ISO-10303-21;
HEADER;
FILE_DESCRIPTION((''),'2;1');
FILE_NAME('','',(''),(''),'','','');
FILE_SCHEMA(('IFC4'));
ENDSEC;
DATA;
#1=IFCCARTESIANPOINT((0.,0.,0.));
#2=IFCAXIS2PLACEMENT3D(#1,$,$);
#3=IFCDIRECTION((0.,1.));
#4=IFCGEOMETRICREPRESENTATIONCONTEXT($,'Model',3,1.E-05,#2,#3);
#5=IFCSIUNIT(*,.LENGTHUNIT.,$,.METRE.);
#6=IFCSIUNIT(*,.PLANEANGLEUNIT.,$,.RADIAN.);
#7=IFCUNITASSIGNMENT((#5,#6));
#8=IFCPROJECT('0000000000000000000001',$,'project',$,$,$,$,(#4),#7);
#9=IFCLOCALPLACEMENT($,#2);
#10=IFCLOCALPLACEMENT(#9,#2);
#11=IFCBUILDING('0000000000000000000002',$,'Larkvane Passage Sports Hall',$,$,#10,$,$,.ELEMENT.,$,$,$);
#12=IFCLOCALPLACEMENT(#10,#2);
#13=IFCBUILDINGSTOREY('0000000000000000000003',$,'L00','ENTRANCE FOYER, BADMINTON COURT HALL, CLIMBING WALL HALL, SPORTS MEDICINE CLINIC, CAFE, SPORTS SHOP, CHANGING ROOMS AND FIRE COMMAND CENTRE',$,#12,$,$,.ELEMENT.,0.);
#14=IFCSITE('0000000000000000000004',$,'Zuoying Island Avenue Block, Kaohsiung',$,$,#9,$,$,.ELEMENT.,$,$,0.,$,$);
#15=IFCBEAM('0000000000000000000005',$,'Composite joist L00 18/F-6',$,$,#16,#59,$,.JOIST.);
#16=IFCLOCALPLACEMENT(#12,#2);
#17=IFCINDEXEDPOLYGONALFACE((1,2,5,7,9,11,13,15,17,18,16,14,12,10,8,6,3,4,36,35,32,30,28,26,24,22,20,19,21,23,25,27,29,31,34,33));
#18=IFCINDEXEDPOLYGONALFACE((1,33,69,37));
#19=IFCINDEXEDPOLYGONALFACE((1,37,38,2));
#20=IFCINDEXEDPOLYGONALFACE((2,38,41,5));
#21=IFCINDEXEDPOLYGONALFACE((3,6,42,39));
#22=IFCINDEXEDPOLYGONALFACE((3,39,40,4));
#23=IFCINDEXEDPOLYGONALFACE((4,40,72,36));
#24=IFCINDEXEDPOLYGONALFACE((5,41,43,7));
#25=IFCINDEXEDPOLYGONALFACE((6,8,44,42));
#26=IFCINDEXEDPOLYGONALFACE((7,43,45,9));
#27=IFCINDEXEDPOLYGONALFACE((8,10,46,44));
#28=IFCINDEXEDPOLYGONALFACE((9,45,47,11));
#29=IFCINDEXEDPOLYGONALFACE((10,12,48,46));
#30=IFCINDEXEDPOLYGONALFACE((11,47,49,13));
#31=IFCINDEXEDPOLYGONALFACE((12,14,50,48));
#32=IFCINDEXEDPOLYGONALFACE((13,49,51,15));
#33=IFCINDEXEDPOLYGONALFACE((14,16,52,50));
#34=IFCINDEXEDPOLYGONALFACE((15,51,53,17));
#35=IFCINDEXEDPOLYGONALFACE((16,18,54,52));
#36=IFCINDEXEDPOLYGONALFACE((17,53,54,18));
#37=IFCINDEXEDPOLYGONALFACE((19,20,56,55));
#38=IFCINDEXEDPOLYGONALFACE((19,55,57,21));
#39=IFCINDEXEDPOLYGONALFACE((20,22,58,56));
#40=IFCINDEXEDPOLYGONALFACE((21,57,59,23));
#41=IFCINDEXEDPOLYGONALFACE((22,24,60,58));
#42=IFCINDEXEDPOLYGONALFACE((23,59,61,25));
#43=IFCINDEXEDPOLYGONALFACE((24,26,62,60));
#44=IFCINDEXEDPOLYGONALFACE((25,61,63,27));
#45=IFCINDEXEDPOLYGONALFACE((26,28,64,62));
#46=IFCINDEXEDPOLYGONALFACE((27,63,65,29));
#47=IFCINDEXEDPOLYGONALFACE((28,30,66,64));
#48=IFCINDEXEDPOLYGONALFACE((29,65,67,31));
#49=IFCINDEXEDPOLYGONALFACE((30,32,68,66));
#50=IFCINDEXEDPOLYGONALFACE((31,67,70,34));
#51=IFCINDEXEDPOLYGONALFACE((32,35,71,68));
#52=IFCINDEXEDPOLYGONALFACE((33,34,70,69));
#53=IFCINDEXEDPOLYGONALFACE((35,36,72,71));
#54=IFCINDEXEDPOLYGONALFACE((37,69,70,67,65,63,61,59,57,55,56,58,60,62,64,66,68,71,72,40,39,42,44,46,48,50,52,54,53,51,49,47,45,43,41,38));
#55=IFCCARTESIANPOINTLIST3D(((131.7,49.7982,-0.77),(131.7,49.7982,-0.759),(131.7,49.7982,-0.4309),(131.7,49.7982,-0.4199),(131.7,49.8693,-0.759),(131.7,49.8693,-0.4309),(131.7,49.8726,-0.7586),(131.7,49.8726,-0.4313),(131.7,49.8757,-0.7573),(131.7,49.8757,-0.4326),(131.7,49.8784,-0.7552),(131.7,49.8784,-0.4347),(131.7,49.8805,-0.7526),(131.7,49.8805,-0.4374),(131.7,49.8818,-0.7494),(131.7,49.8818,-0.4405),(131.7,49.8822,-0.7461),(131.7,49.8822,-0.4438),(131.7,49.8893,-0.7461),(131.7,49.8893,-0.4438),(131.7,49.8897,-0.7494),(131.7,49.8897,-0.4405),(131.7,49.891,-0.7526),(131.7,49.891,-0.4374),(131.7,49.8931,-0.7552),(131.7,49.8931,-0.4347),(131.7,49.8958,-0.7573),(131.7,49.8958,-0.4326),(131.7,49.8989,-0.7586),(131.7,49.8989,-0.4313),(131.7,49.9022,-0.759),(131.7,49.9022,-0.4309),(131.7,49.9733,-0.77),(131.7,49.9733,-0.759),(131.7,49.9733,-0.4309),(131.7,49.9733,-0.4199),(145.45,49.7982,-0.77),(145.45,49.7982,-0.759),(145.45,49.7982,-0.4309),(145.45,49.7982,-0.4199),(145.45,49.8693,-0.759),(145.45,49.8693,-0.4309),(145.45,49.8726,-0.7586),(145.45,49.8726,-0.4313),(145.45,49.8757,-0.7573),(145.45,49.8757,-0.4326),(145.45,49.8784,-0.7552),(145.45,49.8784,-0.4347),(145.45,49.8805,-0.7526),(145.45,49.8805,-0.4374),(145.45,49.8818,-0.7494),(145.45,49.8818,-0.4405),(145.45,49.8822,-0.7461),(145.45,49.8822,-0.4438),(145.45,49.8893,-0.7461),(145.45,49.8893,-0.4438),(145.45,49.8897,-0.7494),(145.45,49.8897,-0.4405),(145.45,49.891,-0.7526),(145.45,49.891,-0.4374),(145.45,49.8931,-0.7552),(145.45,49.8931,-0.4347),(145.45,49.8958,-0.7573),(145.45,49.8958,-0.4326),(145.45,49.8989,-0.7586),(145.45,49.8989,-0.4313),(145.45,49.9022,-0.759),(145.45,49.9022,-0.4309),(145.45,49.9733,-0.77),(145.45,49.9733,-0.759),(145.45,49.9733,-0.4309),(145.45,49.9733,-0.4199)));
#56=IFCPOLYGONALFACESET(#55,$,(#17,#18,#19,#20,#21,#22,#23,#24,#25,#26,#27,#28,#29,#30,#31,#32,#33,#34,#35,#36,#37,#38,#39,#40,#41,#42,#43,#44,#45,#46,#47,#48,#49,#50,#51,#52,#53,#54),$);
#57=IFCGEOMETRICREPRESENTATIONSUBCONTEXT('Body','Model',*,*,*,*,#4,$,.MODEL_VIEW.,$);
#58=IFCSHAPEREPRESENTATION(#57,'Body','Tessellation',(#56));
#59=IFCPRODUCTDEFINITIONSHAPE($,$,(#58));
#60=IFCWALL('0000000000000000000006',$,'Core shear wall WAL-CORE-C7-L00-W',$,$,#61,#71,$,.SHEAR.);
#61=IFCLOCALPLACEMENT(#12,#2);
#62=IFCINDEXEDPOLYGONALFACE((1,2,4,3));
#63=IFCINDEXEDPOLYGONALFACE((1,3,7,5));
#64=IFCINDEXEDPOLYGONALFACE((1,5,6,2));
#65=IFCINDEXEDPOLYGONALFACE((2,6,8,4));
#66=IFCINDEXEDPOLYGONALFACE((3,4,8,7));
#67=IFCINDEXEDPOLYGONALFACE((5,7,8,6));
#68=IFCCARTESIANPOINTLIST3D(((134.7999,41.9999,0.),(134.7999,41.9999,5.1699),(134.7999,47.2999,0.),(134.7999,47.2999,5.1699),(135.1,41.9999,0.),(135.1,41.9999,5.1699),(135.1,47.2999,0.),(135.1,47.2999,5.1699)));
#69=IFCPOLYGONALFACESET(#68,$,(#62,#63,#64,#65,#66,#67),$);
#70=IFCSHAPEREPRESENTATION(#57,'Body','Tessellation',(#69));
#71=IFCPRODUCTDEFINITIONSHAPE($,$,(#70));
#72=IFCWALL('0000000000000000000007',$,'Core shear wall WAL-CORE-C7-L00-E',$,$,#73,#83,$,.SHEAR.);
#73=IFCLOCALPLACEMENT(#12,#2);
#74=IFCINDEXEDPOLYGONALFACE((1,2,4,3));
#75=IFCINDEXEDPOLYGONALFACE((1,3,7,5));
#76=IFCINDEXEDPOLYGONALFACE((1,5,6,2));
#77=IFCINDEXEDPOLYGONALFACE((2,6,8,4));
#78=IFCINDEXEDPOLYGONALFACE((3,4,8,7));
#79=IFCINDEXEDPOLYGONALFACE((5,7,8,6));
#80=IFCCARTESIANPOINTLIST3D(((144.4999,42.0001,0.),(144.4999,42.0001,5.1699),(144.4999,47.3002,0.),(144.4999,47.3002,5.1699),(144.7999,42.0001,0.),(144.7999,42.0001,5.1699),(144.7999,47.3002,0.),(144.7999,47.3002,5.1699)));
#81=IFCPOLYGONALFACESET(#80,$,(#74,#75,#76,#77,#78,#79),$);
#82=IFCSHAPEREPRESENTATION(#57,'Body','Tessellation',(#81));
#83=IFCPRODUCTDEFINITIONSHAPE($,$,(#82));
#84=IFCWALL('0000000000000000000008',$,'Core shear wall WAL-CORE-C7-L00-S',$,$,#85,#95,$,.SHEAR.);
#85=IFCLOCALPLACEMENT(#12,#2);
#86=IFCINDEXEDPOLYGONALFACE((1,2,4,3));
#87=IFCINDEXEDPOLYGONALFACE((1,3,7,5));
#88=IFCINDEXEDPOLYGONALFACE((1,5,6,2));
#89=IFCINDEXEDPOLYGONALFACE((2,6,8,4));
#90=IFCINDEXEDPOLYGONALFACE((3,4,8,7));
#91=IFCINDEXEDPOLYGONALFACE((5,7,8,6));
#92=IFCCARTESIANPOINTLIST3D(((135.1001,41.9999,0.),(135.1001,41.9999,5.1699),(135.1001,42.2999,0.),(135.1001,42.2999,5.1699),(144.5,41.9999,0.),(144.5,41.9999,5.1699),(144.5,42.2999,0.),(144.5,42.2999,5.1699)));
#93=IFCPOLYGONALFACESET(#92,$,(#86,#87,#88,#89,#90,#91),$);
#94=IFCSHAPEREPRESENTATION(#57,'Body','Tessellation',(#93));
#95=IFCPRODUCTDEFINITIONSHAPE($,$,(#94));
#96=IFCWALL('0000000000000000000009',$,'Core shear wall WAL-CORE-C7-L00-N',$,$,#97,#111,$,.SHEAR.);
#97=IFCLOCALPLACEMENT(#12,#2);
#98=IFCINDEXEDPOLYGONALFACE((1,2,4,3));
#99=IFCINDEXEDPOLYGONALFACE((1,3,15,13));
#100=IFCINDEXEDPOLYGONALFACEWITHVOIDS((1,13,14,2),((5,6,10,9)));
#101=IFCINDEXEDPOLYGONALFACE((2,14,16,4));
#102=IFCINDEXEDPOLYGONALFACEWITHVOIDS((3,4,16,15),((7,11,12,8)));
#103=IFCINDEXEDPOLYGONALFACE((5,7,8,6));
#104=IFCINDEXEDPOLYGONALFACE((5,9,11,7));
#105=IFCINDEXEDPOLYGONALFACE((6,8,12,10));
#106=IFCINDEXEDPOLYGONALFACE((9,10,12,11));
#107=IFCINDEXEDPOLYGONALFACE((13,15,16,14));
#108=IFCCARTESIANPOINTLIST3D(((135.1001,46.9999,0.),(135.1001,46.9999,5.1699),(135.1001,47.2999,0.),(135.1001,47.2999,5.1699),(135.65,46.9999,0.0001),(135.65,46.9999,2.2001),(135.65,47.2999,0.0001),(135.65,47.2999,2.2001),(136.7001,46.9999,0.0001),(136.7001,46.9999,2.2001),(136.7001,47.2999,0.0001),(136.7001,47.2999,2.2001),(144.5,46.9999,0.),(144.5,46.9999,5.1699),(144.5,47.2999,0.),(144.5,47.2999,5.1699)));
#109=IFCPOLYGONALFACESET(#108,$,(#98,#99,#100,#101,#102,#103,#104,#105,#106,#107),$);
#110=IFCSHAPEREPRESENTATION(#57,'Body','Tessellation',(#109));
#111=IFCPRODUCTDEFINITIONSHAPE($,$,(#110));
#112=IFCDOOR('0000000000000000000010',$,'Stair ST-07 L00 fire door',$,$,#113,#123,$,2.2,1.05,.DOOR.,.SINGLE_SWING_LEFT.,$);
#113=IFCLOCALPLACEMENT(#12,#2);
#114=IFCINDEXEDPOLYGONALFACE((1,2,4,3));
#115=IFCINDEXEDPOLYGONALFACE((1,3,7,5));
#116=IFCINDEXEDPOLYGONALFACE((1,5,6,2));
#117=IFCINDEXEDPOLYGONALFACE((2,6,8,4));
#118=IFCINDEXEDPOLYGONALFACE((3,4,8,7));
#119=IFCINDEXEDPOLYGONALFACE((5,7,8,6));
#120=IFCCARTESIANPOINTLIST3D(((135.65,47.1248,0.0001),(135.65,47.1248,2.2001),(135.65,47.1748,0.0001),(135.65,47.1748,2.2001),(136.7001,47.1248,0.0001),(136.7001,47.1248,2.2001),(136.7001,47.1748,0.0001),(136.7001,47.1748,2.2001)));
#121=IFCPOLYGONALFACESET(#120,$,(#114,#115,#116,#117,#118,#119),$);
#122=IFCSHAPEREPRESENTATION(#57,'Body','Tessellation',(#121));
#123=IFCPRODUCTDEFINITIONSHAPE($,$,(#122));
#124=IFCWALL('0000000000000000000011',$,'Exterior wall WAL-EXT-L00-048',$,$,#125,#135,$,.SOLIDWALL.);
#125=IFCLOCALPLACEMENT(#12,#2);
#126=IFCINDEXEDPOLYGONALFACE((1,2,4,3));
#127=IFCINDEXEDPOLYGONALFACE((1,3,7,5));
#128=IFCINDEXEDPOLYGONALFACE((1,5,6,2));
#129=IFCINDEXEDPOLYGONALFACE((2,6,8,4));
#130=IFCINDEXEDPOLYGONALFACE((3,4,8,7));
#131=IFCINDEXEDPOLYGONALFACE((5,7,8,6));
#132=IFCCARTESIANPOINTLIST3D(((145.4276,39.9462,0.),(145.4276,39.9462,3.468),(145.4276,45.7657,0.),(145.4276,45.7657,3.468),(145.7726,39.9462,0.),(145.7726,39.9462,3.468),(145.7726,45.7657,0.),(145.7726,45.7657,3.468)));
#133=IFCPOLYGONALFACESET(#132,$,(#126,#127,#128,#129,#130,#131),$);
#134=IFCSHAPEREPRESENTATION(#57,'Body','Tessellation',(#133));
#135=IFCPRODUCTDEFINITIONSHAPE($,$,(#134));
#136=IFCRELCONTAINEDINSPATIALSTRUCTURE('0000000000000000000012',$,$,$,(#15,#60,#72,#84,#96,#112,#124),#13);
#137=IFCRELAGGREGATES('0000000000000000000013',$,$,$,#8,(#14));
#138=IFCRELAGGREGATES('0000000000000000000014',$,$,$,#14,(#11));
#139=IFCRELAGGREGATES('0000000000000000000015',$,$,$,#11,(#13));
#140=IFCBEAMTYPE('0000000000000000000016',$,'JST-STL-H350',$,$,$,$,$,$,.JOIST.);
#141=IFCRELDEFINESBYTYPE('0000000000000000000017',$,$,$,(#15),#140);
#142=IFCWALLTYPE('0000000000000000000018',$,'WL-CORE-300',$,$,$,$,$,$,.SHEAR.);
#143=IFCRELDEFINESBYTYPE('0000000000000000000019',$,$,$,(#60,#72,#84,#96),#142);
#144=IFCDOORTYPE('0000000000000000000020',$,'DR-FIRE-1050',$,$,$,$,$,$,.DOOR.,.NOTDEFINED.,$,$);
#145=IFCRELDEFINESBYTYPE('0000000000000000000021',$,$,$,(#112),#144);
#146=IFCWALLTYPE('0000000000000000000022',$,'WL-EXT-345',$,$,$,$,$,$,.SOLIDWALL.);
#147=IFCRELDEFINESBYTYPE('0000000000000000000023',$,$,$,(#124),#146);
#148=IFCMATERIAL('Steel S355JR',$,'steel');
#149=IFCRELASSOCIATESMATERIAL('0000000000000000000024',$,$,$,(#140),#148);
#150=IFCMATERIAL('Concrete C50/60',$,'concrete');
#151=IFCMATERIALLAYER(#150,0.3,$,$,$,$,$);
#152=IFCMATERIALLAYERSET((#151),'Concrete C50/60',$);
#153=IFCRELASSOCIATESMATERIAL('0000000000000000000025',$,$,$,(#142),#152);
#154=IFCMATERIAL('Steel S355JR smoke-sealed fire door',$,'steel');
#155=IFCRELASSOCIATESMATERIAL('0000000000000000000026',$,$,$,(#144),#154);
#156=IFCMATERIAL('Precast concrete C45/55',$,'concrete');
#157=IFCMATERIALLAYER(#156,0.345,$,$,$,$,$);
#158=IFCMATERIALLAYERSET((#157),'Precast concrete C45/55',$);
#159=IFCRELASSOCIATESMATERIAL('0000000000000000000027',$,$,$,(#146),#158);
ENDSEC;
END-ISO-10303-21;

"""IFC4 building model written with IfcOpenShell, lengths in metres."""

from ifc_helpers import new_model, si_unit, direction, frame, frame_2d, origin, origin_2d, place, context, subcontext, project, spatial, rectangle, i_section, extrude, material, layer, layer_set, material_profile, profile_set, type_object, element, fill, save


model = new_model("IFC4")

# Units and contexts
model_context = context("Model", 3, precision=1e-05, world=origin(), true_north=direction((0.0, 1.0)))
body_context = subcontext(model_context, "Body", "Model", "MODEL_VIEW")
ifc_project = project(units=[si_unit("LENGTHUNIT", "METRE"), si_unit("PLANEANGLEUNIT", "RADIAN")], contexts=[model_context])

# Site, building, storey
site_placement = place(None, origin())
site = spatial("IfcSite", under=ifc_project, at=site_placement, Name="Zuoying Island Avenue Block, Kaohsiung", CompositionType="ELEMENT", RefElevation=0.0)
building_placement = place(site_placement, origin())
building = spatial("IfcBuilding", under=site, at=building_placement, Name="Larkvane Passage Sports Hall", CompositionType="ELEMENT")
storey_placement = place(building_placement, origin())
storey = spatial("IfcBuildingStorey", under=building, at=storey_placement, Name="L00", Description="ENTRANCE FOYER, BADMINTON COURT HALL, CLIMBING WALL HALL, SPORTS MEDICINE CLINIC, CAFE, SPORTS SHOP, CHANGING ROOMS AND FIRE COMMAND CENTRE", CompositionType="ELEMENT", Elevation=0.0)

# Beam
ifc_material_1 = material(Name="Steel S355JR", Category="steel")
ifc_material_profile_1 = material_profile(ifc_material_1, i_section(OverallWidth=0.175, OverallDepth=0.3501, WebThickness=0.0071, FlangeThickness=0.011, FilletRadius=0.0129, at=origin_2d()), Name="H-350x175x7x11")
ifc_profile_set_1 = profile_set([ifc_material_profile_1], Name="Steel S355JR")
beam_type_1 = type_object("IfcBeamType", Name="JST-STL-H350", PredefinedType="JOIST", material=ifc_profile_set_1)
beam_1_placement = place(storey_placement, frame((131.7, 49.8857, -0.595), z_axis=(1.0, 0.0, 0.0), x_axis=(0.0, 1.0, 0.0)))
element("IfcBeam", 1, at=beam_1_placement, inside=storey, type_object=beam_type_1, Name="Composite joist L00 18/F-6", PredefinedType="JOIST", context=body_context, shape_type="SweptSolid", body=[
    extrude(i_section(OverallWidth=0.175, OverallDepth=0.3501, WebThickness=0.0071, FlangeThickness=0.011, FilletRadius=0.0129, at=origin_2d()), origin(), (0.0, 0.0, 1.0), 13.75),
])

# Walls
ifc_material_2 = material(Name="Concrete C50/60", Category="concrete")
ifc_layer_1 = layer(ifc_material_2, 0.3)
ifc_layer_set_1 = layer_set([ifc_layer_1], Name="Concrete C50/60")
wall_type_1 = type_object("IfcWallType", Name="WL-CORE-300", PredefinedType="SHEAR", material=ifc_layer_set_1)
for number, where, z_axis, x_axis, name in (
    (2, (134.95, 42.0, 0.0), (0.0, 0.0, 1.0), (0.0, 1.0, 0.0), "Core shear wall WAL-CORE-C7-L00-W"),
    (3, (144.6499, 47.3, 0.0), (0.0, 0.0, 1.0), (0.0, -1.0, 0.0), "Core shear wall WAL-CORE-C7-L00-E"),
):
    element("IfcWall", number, at=place(storey_placement, frame(where, z_axis=z_axis, x_axis=x_axis)), inside=storey, type_object=wall_type_1, Name=name, PredefinedType="SHEAR", context=body_context, shape_type="SweptSolid", body=[
        extrude(rectangle(XDim=5.3, YDim=0.3, at=frame_2d((2.6499, 0.0))), origin(), (0.0, 0.0, 1.0), 5.1699),
    ])
wall_1_placement = place(storey_placement, frame((144.5, 42.1499, 0.0), z_axis=(0.0, 0.0, 1.0), x_axis=(-1.0, 0.0, 0.0)))
element("IfcWall", 4, at=wall_1_placement, inside=storey, type_object=wall_type_1, Name="Core shear wall WAL-CORE-C7-L00-S", PredefinedType="SHEAR", context=body_context, shape_type="SweptSolid", body=[
    extrude(rectangle(XDim=9.3999, YDim=0.3, at=frame_2d((4.7, 0.0))), origin(), (0.0, 0.0, 1.0), 5.1699),
])

# Wall, opening, door
wall_2_placement = place(storey_placement, frame((135.1001, 47.1499, 0.0), z_axis=(0.0, 0.0, 1.0), x_axis=(1.0, 0.0, 0.0)))
wall_2 = element("IfcWall", 5, at=wall_2_placement, inside=storey, type_object=wall_type_1, Name="Core shear wall WAL-CORE-C7-L00-N", PredefinedType="SHEAR", context=body_context, shape_type="SweptSolid", body=[
    extrude(rectangle(XDim=9.3999, YDim=0.3, at=frame_2d((4.7, 0.0))), origin(), (0.0, 0.0, 1.0), 5.1699),
])
opening_1_placement = place(wall_2_placement, frame((0.55, 0.0, 0.0)))
opening_1 = element("IfcOpeningElement", 6, at=opening_1_placement, cuts=wall_2, PredefinedType="OPENING", context=body_context, shape_type="SweptSolid", body=[
    extrude(rectangle(XDim=1.05, YDim=2.2, at=frame_2d((0.5249, 1.1001))), frame((0.0, 0.1599, 0.0), z_axis=(0.0, -1.0, 0.0), x_axis=(1.0, 0.0, 0.0)), (0.0, 0.0, 1.0), 0.3201),
])
ifc_material_3 = material(Name="Steel S355JR smoke-sealed fire door", Category="steel")
door_type_1 = type_object("IfcDoorType", Name="DR-FIRE-1050", OperationType="NOTDEFINED", PredefinedType="DOOR", material=ifc_material_3)
door_1_placement = place(opening_1_placement, origin())
door_1 = element("IfcDoor", 7, at=door_1_placement, inside=storey, type_object=door_type_1, Name="Stair ST-07 L00 fire door", OperationType="SINGLE_SWING_LEFT", OverallHeight=2.2, OverallWidth=1.05, PredefinedType="DOOR", context=body_context, shape_type="SweptSolid", body=[
    extrude(rectangle(XDim=1.05, YDim=2.2, at=frame_2d((0.5249, 1.1001))), frame((0.0, 0.0249, 0.0), z_axis=(0.0, -1.0, 0.0), x_axis=(1.0, 0.0, 0.0)), (0.0, 0.0, 1.0), 0.05),
])
fill(opening_1, door_1)

# Wall
ifc_material_4 = material(Name="Precast concrete C45/55", Category="concrete")
ifc_layer_2 = layer(ifc_material_4, 0.345)
ifc_layer_set_2 = layer_set([ifc_layer_2], Name="Precast concrete C45/55")
wall_type_2 = type_object("IfcWallType", Name="WL-EXT-345", PredefinedType="SOLIDWALL", material=ifc_layer_set_2)
wall_3_placement = place(storey_placement, frame((145.6001, 45.7656, 0.0), z_axis=(0.0, 0.0, 1.0), x_axis=(0.0, -1.0, 0.0)))
element("IfcWall", 8, at=wall_3_placement, inside=storey, type_object=wall_type_2, Name="Exterior wall WAL-EXT-L00-048", PredefinedType="SOLIDWALL", context=body_context, shape_type="SweptSolid", body=[
    extrude(rectangle(XDim=5.8196, YDim=0.345, at=frame_2d((2.9097, 0.0))), origin(), (0.0, 0.0, 1.0), 3.468),
])

save(model, "model.ifc")
